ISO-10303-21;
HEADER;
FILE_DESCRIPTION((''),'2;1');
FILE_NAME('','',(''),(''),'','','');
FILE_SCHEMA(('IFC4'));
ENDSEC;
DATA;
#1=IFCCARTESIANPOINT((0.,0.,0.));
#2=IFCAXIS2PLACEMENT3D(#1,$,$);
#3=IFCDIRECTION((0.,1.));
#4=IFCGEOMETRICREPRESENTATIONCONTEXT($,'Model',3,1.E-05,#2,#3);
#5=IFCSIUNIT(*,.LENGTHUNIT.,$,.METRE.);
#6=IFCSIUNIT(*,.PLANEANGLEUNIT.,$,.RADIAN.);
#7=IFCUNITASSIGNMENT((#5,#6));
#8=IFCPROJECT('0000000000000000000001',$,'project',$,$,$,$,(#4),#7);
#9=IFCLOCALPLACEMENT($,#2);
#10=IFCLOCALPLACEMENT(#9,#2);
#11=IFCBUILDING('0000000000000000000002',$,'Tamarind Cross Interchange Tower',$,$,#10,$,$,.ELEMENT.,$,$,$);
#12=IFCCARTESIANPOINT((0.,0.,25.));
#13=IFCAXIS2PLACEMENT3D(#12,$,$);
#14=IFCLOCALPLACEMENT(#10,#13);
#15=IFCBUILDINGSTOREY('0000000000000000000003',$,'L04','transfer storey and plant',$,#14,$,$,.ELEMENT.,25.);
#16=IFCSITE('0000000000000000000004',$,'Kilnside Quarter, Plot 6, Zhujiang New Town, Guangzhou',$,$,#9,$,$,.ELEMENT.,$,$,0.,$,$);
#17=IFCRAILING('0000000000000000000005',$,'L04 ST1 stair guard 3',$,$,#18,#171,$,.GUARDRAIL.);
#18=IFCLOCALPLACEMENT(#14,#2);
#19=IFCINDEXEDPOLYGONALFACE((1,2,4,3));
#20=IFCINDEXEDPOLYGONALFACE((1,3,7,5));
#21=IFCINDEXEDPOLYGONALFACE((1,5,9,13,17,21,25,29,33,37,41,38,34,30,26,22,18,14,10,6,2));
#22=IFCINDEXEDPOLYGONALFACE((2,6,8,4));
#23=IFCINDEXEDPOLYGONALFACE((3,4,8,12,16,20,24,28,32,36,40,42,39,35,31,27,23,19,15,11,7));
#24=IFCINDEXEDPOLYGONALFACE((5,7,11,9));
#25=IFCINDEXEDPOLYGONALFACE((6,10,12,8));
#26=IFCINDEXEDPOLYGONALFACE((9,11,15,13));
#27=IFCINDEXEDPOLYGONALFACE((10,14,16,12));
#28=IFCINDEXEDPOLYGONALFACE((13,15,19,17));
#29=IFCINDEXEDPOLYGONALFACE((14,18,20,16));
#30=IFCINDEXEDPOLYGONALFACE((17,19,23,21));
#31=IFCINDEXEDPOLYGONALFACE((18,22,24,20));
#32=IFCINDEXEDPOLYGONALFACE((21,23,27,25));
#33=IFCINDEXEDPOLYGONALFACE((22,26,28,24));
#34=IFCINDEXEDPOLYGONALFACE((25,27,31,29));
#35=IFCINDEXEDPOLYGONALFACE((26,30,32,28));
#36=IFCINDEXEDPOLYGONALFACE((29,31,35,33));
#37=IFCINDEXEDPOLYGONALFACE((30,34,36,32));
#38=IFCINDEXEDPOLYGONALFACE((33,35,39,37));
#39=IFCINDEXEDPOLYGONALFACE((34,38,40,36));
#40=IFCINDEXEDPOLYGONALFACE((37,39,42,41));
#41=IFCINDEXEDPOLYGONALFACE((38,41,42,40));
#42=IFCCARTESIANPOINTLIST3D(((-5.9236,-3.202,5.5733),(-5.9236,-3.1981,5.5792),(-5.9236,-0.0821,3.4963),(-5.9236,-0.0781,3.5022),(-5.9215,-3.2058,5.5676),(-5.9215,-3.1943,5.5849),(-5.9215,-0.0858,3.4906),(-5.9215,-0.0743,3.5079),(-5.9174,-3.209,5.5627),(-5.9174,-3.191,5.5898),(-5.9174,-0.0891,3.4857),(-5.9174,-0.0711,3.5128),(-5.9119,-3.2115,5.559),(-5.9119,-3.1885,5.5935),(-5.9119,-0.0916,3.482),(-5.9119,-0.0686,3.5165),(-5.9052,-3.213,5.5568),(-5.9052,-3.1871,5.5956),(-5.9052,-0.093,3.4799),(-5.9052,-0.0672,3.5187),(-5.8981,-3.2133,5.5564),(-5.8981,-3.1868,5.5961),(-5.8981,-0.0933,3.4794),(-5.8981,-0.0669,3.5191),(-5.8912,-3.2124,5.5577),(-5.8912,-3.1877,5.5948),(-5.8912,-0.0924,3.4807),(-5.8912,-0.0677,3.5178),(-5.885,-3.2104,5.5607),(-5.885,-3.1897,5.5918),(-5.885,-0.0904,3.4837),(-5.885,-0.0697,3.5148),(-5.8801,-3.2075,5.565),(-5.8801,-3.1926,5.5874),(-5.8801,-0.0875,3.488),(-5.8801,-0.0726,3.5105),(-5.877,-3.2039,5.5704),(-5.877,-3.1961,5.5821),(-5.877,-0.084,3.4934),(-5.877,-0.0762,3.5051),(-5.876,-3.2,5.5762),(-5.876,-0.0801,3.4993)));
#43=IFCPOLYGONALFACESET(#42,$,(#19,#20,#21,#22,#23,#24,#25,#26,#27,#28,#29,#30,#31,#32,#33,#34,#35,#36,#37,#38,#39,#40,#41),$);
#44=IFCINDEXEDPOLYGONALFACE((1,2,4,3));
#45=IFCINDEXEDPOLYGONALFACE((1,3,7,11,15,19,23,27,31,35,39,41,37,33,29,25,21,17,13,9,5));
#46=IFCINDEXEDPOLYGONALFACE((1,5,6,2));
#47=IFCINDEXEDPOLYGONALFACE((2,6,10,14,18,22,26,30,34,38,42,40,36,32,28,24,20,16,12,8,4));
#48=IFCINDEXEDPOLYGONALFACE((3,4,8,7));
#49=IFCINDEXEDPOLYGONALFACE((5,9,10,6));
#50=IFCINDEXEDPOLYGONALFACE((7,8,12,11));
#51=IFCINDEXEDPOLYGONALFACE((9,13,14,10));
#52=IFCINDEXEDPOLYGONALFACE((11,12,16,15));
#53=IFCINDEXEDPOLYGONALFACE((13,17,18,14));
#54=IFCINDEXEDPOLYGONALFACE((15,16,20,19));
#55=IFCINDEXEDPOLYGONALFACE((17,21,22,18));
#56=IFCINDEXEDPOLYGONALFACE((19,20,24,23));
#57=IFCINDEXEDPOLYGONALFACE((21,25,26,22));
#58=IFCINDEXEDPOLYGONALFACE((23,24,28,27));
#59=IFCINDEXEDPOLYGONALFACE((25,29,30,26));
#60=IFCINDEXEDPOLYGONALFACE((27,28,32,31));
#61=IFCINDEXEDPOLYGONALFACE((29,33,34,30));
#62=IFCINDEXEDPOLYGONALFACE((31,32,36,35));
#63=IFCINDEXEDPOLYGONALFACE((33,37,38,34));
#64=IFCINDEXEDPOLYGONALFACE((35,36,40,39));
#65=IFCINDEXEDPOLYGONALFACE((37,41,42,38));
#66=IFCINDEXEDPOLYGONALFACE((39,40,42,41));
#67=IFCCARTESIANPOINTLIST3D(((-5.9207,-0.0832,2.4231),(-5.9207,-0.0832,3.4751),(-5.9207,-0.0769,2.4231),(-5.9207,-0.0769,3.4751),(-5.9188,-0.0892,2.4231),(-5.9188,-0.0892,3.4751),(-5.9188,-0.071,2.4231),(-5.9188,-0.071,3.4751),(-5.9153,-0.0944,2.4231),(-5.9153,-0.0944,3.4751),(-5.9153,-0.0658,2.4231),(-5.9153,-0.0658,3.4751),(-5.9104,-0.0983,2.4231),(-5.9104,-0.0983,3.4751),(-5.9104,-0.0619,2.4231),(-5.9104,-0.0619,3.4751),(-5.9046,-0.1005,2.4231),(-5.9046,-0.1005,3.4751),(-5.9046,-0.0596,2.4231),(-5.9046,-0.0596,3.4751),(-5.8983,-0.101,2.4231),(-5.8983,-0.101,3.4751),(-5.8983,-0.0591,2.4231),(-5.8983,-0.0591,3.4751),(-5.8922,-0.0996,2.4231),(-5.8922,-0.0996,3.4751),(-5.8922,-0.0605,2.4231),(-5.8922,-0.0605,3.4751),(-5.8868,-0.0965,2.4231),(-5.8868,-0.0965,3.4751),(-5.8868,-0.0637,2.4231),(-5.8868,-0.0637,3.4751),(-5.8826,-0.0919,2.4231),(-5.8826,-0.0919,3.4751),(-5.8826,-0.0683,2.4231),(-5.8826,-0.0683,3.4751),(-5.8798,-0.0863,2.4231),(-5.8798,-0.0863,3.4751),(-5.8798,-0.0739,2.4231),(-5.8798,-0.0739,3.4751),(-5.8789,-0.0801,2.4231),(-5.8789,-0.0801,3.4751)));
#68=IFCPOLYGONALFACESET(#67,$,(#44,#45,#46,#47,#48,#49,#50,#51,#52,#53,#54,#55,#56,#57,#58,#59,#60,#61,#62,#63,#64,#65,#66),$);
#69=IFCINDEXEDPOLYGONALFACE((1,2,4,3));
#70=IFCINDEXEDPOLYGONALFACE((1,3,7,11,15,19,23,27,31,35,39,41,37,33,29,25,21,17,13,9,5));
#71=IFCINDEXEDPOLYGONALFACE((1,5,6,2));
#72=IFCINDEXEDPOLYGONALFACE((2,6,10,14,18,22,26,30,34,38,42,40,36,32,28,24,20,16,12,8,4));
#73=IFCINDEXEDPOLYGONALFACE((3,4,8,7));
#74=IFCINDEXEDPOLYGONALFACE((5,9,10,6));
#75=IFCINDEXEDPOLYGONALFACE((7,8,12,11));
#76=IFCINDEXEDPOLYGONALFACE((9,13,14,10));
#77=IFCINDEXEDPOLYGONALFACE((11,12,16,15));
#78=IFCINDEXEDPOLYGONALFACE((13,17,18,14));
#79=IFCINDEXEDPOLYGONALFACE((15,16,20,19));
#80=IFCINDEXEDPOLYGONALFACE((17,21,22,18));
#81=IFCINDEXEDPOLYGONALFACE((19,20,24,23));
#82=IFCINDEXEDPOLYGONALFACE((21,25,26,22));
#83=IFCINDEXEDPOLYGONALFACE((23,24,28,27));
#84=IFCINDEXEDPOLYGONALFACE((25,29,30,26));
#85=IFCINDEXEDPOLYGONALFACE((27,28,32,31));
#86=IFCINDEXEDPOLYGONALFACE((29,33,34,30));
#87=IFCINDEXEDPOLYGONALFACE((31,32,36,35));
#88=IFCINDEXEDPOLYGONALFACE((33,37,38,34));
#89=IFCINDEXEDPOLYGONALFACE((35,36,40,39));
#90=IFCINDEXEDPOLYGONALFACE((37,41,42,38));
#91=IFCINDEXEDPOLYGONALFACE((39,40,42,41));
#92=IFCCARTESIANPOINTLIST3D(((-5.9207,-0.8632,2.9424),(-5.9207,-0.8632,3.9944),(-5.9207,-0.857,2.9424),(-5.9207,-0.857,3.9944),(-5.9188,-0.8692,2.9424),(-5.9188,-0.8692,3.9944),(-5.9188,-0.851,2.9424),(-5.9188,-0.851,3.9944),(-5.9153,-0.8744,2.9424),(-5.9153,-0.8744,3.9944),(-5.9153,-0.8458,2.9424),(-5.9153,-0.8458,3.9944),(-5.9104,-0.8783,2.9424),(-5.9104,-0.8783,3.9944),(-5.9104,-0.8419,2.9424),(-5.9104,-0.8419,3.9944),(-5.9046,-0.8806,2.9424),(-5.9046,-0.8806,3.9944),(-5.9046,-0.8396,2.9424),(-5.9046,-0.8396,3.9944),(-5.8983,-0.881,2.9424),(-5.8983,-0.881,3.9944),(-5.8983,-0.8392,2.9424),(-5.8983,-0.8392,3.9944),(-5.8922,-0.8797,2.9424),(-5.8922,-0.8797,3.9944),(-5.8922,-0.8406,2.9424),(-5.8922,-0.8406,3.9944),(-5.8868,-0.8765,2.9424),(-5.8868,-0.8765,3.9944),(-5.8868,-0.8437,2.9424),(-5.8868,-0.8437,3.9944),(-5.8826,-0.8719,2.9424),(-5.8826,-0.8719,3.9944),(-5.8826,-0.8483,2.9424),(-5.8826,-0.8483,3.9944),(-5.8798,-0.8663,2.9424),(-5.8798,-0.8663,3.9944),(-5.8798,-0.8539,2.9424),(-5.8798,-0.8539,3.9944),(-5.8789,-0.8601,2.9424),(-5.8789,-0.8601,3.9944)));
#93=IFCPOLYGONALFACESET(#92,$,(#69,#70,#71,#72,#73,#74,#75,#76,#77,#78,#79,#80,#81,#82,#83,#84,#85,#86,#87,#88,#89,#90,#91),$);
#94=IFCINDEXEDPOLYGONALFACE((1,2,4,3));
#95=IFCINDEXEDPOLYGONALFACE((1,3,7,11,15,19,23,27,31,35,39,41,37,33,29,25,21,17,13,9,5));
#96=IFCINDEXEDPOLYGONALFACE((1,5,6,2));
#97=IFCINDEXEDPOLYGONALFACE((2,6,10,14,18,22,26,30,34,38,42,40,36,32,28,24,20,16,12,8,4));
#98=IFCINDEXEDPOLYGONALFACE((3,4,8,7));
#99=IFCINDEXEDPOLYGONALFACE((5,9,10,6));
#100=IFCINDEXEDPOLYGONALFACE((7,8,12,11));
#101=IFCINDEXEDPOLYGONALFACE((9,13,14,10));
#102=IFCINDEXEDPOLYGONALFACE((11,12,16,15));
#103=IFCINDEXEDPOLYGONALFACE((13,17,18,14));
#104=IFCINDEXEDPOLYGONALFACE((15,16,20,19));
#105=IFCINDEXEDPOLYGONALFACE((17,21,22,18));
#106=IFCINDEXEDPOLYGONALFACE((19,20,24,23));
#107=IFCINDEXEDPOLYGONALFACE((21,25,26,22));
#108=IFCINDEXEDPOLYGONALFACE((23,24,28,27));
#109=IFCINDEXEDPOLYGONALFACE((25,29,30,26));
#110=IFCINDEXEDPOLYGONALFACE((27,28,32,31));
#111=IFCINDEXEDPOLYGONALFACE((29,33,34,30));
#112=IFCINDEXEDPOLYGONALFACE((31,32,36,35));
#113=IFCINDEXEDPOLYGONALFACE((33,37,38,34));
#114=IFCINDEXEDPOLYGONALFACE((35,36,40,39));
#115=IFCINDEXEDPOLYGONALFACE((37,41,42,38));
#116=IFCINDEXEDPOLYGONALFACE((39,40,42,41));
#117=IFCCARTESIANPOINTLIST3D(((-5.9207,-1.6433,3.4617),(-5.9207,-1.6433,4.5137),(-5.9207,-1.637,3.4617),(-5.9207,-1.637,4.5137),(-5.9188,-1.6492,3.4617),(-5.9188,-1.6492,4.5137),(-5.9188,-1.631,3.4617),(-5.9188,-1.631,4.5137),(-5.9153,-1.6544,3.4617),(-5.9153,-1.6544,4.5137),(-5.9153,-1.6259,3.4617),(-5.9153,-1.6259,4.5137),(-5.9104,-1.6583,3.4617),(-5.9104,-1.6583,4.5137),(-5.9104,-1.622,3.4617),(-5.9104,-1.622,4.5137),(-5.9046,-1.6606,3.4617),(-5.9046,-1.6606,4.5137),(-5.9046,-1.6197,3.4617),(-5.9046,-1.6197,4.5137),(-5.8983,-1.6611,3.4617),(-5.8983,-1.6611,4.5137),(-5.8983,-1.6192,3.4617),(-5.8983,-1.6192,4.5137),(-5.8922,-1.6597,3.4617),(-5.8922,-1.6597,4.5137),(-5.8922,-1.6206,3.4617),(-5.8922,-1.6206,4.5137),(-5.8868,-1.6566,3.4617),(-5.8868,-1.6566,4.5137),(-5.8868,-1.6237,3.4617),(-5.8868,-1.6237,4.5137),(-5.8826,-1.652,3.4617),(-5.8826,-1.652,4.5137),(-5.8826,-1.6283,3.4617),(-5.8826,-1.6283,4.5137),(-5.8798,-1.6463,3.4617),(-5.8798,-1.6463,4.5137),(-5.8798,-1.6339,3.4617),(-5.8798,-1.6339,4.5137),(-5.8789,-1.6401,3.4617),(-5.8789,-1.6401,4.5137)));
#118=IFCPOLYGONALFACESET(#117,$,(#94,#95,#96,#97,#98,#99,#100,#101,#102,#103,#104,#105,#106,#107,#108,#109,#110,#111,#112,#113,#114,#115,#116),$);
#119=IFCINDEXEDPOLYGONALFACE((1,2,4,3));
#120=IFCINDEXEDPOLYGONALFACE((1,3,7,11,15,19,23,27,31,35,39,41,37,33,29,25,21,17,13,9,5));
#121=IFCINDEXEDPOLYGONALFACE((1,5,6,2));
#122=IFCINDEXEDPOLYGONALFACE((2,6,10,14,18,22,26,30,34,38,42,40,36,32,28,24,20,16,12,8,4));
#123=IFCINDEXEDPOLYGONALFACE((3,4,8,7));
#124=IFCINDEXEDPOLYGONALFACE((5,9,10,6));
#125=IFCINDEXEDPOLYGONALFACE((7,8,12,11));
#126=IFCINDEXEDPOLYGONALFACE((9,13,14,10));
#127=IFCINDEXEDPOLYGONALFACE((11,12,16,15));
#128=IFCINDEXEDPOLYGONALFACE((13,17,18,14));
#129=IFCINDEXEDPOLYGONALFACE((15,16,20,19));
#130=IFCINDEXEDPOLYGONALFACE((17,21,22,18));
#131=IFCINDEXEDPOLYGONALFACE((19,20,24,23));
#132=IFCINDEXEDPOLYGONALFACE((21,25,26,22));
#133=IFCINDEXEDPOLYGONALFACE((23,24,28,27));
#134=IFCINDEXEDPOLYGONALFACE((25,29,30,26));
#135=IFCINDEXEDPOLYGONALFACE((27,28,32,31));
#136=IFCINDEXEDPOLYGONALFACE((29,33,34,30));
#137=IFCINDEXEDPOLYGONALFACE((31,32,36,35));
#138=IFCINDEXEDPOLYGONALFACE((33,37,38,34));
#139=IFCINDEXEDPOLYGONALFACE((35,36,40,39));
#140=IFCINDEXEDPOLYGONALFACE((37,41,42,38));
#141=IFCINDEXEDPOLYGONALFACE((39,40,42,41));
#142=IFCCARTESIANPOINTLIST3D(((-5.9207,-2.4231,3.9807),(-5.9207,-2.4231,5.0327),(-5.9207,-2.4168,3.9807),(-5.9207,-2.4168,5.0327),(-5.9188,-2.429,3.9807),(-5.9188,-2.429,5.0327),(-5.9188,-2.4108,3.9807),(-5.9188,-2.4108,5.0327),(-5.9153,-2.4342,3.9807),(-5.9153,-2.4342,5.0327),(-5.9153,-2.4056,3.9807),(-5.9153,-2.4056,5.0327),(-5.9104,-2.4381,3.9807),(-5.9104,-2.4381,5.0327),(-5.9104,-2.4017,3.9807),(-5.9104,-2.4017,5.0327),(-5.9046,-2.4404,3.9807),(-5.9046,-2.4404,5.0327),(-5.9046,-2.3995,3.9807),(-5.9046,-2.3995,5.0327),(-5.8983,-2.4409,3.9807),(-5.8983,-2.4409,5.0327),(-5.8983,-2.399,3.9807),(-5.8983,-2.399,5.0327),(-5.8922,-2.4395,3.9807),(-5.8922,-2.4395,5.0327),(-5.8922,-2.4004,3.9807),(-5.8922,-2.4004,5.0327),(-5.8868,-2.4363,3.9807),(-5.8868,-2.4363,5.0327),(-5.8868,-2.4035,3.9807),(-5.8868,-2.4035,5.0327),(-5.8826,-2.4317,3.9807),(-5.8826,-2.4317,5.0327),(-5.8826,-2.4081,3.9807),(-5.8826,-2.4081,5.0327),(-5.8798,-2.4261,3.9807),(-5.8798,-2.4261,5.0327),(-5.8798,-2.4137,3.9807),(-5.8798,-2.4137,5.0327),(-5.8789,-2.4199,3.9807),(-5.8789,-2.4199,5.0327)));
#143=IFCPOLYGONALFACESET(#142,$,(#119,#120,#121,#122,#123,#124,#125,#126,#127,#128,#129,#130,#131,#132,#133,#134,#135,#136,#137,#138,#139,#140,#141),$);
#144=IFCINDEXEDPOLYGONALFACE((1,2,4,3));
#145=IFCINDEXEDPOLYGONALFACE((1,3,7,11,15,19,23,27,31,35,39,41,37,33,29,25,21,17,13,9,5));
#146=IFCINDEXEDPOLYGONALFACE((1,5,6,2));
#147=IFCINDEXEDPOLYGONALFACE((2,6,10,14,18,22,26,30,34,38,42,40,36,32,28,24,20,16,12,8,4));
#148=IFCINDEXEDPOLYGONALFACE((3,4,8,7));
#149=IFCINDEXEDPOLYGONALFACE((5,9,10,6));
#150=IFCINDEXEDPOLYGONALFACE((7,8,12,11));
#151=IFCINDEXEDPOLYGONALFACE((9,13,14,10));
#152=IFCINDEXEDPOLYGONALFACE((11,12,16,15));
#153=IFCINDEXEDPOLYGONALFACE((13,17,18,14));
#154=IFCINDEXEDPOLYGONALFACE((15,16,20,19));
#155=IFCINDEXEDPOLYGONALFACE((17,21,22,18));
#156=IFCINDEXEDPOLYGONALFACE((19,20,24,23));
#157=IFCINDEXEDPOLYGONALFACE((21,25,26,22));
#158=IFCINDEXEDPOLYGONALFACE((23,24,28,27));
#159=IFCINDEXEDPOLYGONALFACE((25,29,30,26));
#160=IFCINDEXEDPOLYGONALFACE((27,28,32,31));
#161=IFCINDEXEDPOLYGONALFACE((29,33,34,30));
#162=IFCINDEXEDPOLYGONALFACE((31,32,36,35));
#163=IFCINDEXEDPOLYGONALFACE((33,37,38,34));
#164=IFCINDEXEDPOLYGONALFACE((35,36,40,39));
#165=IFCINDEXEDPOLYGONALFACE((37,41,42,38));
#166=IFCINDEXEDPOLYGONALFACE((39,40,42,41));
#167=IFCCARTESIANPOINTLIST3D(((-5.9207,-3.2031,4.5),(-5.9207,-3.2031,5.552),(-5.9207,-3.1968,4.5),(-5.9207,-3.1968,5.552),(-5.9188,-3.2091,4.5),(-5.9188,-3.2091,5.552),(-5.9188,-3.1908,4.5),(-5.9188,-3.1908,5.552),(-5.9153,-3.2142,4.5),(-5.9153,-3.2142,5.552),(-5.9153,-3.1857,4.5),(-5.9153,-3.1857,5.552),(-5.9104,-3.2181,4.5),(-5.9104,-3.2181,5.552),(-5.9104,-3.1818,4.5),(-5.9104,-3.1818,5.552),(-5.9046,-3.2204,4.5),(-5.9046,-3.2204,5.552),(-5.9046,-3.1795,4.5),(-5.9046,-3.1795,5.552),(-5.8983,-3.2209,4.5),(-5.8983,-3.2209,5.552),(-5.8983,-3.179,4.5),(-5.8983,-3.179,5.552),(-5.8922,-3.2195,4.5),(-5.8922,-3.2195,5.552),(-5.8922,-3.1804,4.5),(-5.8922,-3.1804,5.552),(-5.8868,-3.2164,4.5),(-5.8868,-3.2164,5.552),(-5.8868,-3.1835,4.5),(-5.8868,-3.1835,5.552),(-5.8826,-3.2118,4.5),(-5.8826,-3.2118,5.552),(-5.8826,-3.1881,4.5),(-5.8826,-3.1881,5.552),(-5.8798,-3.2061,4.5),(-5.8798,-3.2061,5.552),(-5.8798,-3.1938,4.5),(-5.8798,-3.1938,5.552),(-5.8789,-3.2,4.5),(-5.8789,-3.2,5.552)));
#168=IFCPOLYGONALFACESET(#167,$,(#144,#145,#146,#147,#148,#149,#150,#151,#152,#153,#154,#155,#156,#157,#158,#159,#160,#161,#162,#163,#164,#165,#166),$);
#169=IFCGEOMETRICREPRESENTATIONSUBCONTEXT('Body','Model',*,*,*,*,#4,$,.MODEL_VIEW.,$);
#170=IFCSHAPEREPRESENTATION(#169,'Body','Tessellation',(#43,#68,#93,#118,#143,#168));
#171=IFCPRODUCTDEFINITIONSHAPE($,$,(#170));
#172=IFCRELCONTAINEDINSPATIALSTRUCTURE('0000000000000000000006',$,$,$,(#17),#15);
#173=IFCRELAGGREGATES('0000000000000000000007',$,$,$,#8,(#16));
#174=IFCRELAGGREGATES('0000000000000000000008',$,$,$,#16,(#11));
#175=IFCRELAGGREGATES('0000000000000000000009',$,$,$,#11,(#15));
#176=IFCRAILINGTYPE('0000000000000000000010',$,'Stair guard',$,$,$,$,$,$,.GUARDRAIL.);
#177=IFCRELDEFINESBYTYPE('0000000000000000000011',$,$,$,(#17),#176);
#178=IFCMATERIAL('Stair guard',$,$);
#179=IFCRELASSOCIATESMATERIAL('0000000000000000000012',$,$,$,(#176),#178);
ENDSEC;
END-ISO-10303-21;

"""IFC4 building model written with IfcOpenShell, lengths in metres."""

from ifc_helpers import new_model, si_unit, direction, frame, origin, origin_2d, place, context, subcontext, project, spatial, circle, extrude, material, type_object, element, save


model = new_model("IFC4")

# Units and contexts
model_context = context("Model", 3, precision=1e-05, world=origin(), true_north=direction((0.0, 1.0)))
body_context = subcontext(model_context, "Body", "Model", "MODEL_VIEW")
ifc_project = project(units=[si_unit("LENGTHUNIT", "METRE"), si_unit("PLANEANGLEUNIT", "RADIAN")], contexts=[model_context])

# Site, building, storey
site_placement = place(None, origin())
site = spatial("IfcSite", under=ifc_project, at=site_placement, Name="Kilnside Quarter, Plot 6, Zhujiang New Town, Guangzhou", CompositionType="ELEMENT", RefElevation=0.0)
building_placement = place(site_placement, origin())
building = spatial("IfcBuilding", under=site, at=building_placement, Name="Tamarind Cross Interchange Tower", CompositionType="ELEMENT")
storey_placement = place(building_placement, frame((0.0, 0.0, 25.0)))
storey = spatial("IfcBuildingStorey", under=building, at=storey_placement, Name="L04", Description="transfer storey and plant", CompositionType="ELEMENT", Elevation=25.0)

# Railing
ifc_material_1 = material(Name="Stair guard")
railing_type = type_object("IfcRailingType", Name="Stair guard", PredefinedType="GUARDRAIL", material=ifc_material_1)
railing_1_placement = place(storey_placement, frame((-5.8999, -0.0801, 2.4231)))
element("IfcRailing", 1, at=railing_1_placement, inside=storey, type_object=railing_type, Name="L04 ST1 stair guard 3", PredefinedType="GUARDRAIL", context=body_context, shape_type="SweptSolid", body=[
    extrude(circle(Radius=0.0239, at=origin_2d()), frame((0.0, 0.0, 1.0762), z_axis=(0.0, -0.832421, 0.554144), x_axis=(1.0, 0.0, 0.0)), (0.0, 0.0, 1.0), 3.748),
    extrude(circle(Radius=0.021, at=origin_2d()), origin(), (0.0, 0.0, 1.0), 1.052),
    extrude(circle(Radius=0.021, at=origin_2d()), frame((0.0, -0.78, 0.5193)), (0.0, 0.0, 1.0), 1.052),
    extrude(circle(Radius=0.021, at=origin_2d()), frame((0.0, -1.5601, 1.0386)), (0.0, 0.0, 1.0), 1.052),
    extrude(circle(Radius=0.021, at=origin_2d()), frame((0.0, -2.3398, 1.5576)), (0.0, 0.0, 1.0), 1.052),
    extrude(circle(Radius=0.021, at=origin_2d()), frame((0.0, -3.1199, 2.0769)), (0.0, 0.0, 1.0), 1.052),
])

save(model, "model.ifc")
